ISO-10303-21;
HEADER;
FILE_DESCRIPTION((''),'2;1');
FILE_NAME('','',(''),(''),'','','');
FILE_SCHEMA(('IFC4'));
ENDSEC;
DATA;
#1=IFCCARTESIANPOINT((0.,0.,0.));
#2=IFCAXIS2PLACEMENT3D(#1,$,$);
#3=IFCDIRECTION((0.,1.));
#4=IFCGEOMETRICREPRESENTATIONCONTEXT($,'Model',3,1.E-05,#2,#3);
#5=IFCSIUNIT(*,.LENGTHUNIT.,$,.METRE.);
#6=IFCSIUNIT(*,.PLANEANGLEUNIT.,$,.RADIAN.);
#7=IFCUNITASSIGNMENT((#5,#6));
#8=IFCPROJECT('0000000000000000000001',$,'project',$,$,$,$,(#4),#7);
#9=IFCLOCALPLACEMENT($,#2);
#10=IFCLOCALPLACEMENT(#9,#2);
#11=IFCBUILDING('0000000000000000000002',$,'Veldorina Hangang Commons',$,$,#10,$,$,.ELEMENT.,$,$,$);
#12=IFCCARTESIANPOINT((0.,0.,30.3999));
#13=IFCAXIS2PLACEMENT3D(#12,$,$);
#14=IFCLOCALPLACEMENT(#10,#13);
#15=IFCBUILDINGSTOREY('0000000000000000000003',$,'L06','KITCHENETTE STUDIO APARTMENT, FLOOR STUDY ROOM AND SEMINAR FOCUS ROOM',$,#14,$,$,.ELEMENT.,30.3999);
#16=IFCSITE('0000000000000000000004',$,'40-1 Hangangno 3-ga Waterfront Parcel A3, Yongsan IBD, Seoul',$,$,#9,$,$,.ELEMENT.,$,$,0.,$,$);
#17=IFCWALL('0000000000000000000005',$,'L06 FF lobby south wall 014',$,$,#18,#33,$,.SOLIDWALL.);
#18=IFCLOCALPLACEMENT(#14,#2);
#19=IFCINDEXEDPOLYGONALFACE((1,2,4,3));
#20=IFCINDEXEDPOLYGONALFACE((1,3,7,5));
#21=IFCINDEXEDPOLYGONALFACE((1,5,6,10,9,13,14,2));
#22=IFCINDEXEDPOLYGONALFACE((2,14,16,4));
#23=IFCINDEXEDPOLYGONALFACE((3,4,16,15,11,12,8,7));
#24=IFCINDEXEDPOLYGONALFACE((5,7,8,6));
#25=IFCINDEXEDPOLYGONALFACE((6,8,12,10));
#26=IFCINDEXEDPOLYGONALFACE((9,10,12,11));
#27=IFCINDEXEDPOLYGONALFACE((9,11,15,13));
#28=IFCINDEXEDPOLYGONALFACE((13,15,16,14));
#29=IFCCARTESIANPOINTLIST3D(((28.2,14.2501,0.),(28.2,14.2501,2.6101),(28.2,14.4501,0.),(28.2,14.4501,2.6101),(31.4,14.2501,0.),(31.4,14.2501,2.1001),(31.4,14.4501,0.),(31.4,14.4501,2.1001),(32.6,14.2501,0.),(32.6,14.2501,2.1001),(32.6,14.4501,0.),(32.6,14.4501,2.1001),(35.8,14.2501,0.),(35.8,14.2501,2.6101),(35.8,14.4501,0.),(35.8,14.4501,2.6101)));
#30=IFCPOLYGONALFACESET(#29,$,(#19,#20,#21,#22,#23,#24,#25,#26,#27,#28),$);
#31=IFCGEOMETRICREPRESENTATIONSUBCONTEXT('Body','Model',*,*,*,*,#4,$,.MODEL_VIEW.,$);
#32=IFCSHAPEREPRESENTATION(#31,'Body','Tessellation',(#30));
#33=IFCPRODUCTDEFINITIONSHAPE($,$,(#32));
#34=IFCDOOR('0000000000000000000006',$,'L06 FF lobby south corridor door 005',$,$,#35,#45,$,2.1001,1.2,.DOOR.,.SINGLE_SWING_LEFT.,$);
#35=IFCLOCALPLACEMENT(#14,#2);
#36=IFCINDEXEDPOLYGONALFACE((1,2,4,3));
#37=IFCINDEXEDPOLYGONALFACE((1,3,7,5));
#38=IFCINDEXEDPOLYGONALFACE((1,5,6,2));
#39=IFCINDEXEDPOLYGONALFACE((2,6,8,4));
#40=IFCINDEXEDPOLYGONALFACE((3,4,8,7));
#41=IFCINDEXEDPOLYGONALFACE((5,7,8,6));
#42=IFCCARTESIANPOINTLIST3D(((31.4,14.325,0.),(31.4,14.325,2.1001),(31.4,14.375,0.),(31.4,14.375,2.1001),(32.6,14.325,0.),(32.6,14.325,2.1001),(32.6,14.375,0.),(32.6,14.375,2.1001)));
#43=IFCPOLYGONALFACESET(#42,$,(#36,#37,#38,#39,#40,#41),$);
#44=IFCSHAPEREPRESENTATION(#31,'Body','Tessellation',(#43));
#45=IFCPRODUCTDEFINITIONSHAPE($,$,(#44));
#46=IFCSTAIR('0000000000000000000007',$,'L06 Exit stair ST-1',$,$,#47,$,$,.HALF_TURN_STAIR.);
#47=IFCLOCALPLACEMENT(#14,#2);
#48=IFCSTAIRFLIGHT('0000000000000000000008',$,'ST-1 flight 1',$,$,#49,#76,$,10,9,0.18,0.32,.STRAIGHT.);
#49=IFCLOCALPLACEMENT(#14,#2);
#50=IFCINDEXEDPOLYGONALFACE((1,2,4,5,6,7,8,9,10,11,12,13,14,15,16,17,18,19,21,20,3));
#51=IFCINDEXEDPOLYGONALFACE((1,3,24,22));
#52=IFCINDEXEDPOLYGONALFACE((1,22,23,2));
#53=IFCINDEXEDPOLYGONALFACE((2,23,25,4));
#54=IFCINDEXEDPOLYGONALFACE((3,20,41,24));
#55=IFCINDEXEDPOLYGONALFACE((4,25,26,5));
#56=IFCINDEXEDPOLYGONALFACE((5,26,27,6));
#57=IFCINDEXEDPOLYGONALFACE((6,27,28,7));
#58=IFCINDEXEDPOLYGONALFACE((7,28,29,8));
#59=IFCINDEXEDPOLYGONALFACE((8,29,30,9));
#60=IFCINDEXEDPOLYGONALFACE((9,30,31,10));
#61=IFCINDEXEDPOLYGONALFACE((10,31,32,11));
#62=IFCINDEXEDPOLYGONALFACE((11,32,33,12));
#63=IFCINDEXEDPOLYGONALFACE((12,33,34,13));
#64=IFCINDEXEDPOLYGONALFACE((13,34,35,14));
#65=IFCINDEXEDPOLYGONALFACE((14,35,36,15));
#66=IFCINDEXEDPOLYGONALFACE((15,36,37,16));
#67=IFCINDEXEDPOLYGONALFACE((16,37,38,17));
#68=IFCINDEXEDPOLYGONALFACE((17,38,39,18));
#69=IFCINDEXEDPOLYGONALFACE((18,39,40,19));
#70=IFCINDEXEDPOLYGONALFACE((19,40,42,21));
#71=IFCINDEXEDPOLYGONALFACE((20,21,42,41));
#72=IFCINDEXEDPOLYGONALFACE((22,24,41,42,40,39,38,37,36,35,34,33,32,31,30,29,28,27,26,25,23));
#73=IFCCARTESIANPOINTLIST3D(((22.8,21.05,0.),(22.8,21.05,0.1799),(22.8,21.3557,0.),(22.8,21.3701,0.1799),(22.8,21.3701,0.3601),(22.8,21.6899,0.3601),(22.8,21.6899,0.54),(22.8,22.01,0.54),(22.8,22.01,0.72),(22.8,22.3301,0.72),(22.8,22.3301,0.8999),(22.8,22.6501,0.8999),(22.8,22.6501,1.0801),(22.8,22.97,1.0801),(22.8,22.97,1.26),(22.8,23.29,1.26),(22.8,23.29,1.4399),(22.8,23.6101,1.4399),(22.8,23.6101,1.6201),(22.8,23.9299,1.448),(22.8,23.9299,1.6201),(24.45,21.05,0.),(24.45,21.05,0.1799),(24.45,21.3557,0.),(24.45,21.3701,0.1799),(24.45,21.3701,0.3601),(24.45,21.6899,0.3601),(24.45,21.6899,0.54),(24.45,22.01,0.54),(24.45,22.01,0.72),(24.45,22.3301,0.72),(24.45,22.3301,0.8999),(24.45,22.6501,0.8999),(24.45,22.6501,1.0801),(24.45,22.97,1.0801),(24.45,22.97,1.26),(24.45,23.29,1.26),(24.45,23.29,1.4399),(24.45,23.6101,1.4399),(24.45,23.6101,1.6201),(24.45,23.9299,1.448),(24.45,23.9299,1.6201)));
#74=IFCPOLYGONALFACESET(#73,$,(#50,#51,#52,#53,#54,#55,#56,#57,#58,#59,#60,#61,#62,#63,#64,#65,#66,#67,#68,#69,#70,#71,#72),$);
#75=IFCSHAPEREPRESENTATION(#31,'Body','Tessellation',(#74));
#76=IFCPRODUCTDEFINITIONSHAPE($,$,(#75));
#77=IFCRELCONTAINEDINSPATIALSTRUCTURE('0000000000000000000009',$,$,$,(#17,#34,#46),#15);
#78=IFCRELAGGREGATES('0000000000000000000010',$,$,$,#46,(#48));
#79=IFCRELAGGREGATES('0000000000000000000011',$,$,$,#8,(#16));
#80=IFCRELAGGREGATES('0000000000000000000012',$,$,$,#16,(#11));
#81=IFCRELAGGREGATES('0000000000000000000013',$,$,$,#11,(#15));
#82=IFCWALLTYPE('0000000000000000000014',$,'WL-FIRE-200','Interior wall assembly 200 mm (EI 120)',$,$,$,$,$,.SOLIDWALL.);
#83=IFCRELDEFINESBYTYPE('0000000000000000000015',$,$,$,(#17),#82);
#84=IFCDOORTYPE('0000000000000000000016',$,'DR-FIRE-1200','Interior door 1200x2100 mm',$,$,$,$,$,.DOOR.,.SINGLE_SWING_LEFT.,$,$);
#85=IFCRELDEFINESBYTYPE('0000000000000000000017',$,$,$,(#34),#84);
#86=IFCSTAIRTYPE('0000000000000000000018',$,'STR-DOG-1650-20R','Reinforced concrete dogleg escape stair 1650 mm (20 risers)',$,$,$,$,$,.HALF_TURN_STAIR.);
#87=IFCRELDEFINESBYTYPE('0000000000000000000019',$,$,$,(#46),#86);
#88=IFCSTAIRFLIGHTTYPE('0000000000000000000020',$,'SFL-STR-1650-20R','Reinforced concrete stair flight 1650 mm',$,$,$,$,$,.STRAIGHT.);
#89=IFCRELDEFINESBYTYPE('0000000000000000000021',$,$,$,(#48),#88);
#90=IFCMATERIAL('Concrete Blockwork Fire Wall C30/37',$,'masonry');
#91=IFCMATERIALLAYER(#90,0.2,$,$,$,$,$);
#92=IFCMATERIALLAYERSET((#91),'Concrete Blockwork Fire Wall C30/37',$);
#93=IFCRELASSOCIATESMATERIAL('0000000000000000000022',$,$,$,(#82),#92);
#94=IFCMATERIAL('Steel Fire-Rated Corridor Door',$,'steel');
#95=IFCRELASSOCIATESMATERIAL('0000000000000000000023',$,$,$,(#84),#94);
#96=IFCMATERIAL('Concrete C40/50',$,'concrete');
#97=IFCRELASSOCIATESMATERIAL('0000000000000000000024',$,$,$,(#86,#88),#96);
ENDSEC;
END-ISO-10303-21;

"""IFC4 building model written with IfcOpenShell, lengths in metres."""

from ifc_helpers import new_model, si_unit, direction, frame, frame_2d, origin, place, context, subcontext, project, spatial, polyline, rectangle, outline, extrude, material, layer, layer_set, type_object, element, fill, aggregate, save


model = new_model("IFC4")

# Units and contexts
model_context = context("Model", 3, precision=1e-05, world=origin(), true_north=direction((0.0, 1.0)))
body_context = subcontext(model_context, "Body", "Model", "MODEL_VIEW")
ifc_project = project(units=[si_unit("LENGTHUNIT", "METRE"), si_unit("PLANEANGLEUNIT", "RADIAN")], contexts=[model_context])

# Site, building, storey
site_placement = place(None, origin())
site = spatial("IfcSite", under=ifc_project, at=site_placement, Name="40-1 Hangangno 3-ga Waterfront Parcel A3, Yongsan IBD, Seoul", CompositionType="ELEMENT", RefElevation=0.0)
building_placement = place(site_placement, origin())
building = spatial("IfcBuilding", under=site, at=building_placement, Name="Veldorina Hangang Commons", CompositionType="ELEMENT")
storey_placement = place(building_placement, frame((0.0, 0.0, 30.3999)))
storey = spatial("IfcBuildingStorey", under=building, at=storey_placement, Name="L06", Description="KITCHENETTE STUDIO APARTMENT, FLOOR STUDY ROOM AND SEMINAR FOCUS ROOM", CompositionType="ELEMENT", Elevation=30.3999)

# Shared definitions
ifc_material_1 = material(Name="Concrete Blockwork Fire Wall C30/37", Category="masonry")
ifc_layer_1 = layer(ifc_material_1, 0.2)
ifc_layer_set_1 = layer_set([ifc_layer_1], Name="Concrete Blockwork Fire Wall C30/37")
wall_type_1 = type_object("IfcWallType", Name="WL-FIRE-200", Description="Interior wall assembly 200 mm (EI 120)", PredefinedType="SOLIDWALL", material=ifc_layer_set_1)

# Wall, opening, door
wall_1_placement = place(storey_placement, frame((28.2, 14.3501, 0.0), z_axis=(0.0, 0.0, 1.0), x_axis=(1.0, 0.0, 0.0)))
wall_1 = element("IfcWall", 1, at=wall_1_placement, inside=storey, type_object=wall_type_1, Name="L06 FF lobby south wall 014", PredefinedType="SOLIDWALL", context=body_context, shape_type="SweptSolid", body=[
    extrude(rectangle(XDim=7.6001, YDim=0.2, at=frame_2d((3.8, 0.0))), origin(), (0.0, 0.0, 1.0), 2.6101),
])
opening_1_placement = place(wall_1_placement, frame((3.2, 0.0, 0.0)))
opening_1 = element("IfcOpeningElement", 2, at=opening_1_placement, cuts=wall_1, PredefinedType="OPENING", context=body_context, shape_type="SweptSolid", body=[
    extrude(rectangle(XDim=1.2, YDim=2.1001, at=frame_2d((0.6001, 1.05))), frame((0.0, 0.1099, 0.0), z_axis=(0.0, -1.0, 0.0), x_axis=(1.0, 0.0, 0.0)), (0.0, 0.0, 1.0), 0.22),
])
ifc_material_2 = material(Name="Steel Fire-Rated Corridor Door", Category="steel")
door_type_1 = type_object("IfcDoorType", Name="DR-FIRE-1200", Description="Interior door 1200x2100 mm", OperationType="SINGLE_SWING_LEFT", PredefinedType="DOOR", material=ifc_material_2)
door_1_placement = place(opening_1_placement, origin())
door_1 = element("IfcDoor", 3, at=door_1_placement, inside=storey, type_object=door_type_1, Name="L06 FF lobby south corridor door 005", OperationType="SINGLE_SWING_LEFT", OverallHeight=2.1001, OverallWidth=1.2, PredefinedType="DOOR", context=body_context, shape_type="SweptSolid", body=[
    extrude(rectangle(XDim=1.2, YDim=2.1001, at=frame_2d((0.6001, 1.05))), frame((0.0, 0.0249, 0.0), z_axis=(0.0, -1.0, 0.0), x_axis=(1.0, 0.0, 0.0)), (0.0, 0.0, 1.0), 0.05),
])
fill(opening_1, door_1)

# Stair, stair flight
ifc_material_3 = material(Name="Concrete C40/50", Category="concrete")
stair_type = type_object("IfcStairType", Name="STR-DOG-1650-20R", Description="Reinforced concrete dogleg escape stair 1650 mm (20 risers)", PredefinedType="HALF_TURN_STAIR", material=ifc_material_3)
stair_placement = place(storey_placement, origin())
stair = element("IfcStair", 4, at=stair_placement, inside=storey, type_object=stair_type, Name="L06 Exit stair ST-1", PredefinedType="HALF_TURN_STAIR")
stair_flight_type = type_object("IfcStairFlightType", Name="SFL-STR-1650-20R", Description="Reinforced concrete stair flight 1650 mm", PredefinedType="STRAIGHT", material=ifc_material_3)
stair_flight_placement = place(storey_placement, frame((23.625, 21.05, 0.0), z_axis=(0.0, 0.0, 1.0), x_axis=(0.0, 1.0, 0.0)))
stair_flight = element("IfcStairFlight", 5, at=stair_flight_placement, type_object=stair_flight_type, Name="ST-1 flight 1", NumberOfRisers=10, NumberOfTreads=9, PredefinedType="STRAIGHT", RiserHeight=0.18, TreadLength=0.32, context=body_context, shape_type="SweptSolid", body=[
    extrude(outline(polyline([(0.0, 0.0), (0.0, 0.1799), (0.3201, 0.1799), (0.3201, 0.3601), (0.6399, 0.3601), (0.6399, 0.54), (0.96, 0.54), (0.96, 0.72), (1.28, 0.72), (1.28, 0.8999), (1.6001, 0.8999), (1.6001, 1.0801), (1.9199, 1.0801), (1.9199, 1.26), (2.24, 1.26), (2.24, 1.4399), (2.5601, 1.4399), (2.5601, 1.6201), (2.8799, 1.6201), (2.8799, 1.8), (2.8799, 1.448), (0.3057, 0.0), (0.0, 0.0)])), frame((0.0, 0.825, 0.0), z_axis=(0.0, -1.0, 0.0), x_axis=(1.0, 0.0, 0.0)), (0.0, 0.0, 1.0), 1.6499),
])
aggregate(stair, [stair_flight])

save(model, "model.ifc")
